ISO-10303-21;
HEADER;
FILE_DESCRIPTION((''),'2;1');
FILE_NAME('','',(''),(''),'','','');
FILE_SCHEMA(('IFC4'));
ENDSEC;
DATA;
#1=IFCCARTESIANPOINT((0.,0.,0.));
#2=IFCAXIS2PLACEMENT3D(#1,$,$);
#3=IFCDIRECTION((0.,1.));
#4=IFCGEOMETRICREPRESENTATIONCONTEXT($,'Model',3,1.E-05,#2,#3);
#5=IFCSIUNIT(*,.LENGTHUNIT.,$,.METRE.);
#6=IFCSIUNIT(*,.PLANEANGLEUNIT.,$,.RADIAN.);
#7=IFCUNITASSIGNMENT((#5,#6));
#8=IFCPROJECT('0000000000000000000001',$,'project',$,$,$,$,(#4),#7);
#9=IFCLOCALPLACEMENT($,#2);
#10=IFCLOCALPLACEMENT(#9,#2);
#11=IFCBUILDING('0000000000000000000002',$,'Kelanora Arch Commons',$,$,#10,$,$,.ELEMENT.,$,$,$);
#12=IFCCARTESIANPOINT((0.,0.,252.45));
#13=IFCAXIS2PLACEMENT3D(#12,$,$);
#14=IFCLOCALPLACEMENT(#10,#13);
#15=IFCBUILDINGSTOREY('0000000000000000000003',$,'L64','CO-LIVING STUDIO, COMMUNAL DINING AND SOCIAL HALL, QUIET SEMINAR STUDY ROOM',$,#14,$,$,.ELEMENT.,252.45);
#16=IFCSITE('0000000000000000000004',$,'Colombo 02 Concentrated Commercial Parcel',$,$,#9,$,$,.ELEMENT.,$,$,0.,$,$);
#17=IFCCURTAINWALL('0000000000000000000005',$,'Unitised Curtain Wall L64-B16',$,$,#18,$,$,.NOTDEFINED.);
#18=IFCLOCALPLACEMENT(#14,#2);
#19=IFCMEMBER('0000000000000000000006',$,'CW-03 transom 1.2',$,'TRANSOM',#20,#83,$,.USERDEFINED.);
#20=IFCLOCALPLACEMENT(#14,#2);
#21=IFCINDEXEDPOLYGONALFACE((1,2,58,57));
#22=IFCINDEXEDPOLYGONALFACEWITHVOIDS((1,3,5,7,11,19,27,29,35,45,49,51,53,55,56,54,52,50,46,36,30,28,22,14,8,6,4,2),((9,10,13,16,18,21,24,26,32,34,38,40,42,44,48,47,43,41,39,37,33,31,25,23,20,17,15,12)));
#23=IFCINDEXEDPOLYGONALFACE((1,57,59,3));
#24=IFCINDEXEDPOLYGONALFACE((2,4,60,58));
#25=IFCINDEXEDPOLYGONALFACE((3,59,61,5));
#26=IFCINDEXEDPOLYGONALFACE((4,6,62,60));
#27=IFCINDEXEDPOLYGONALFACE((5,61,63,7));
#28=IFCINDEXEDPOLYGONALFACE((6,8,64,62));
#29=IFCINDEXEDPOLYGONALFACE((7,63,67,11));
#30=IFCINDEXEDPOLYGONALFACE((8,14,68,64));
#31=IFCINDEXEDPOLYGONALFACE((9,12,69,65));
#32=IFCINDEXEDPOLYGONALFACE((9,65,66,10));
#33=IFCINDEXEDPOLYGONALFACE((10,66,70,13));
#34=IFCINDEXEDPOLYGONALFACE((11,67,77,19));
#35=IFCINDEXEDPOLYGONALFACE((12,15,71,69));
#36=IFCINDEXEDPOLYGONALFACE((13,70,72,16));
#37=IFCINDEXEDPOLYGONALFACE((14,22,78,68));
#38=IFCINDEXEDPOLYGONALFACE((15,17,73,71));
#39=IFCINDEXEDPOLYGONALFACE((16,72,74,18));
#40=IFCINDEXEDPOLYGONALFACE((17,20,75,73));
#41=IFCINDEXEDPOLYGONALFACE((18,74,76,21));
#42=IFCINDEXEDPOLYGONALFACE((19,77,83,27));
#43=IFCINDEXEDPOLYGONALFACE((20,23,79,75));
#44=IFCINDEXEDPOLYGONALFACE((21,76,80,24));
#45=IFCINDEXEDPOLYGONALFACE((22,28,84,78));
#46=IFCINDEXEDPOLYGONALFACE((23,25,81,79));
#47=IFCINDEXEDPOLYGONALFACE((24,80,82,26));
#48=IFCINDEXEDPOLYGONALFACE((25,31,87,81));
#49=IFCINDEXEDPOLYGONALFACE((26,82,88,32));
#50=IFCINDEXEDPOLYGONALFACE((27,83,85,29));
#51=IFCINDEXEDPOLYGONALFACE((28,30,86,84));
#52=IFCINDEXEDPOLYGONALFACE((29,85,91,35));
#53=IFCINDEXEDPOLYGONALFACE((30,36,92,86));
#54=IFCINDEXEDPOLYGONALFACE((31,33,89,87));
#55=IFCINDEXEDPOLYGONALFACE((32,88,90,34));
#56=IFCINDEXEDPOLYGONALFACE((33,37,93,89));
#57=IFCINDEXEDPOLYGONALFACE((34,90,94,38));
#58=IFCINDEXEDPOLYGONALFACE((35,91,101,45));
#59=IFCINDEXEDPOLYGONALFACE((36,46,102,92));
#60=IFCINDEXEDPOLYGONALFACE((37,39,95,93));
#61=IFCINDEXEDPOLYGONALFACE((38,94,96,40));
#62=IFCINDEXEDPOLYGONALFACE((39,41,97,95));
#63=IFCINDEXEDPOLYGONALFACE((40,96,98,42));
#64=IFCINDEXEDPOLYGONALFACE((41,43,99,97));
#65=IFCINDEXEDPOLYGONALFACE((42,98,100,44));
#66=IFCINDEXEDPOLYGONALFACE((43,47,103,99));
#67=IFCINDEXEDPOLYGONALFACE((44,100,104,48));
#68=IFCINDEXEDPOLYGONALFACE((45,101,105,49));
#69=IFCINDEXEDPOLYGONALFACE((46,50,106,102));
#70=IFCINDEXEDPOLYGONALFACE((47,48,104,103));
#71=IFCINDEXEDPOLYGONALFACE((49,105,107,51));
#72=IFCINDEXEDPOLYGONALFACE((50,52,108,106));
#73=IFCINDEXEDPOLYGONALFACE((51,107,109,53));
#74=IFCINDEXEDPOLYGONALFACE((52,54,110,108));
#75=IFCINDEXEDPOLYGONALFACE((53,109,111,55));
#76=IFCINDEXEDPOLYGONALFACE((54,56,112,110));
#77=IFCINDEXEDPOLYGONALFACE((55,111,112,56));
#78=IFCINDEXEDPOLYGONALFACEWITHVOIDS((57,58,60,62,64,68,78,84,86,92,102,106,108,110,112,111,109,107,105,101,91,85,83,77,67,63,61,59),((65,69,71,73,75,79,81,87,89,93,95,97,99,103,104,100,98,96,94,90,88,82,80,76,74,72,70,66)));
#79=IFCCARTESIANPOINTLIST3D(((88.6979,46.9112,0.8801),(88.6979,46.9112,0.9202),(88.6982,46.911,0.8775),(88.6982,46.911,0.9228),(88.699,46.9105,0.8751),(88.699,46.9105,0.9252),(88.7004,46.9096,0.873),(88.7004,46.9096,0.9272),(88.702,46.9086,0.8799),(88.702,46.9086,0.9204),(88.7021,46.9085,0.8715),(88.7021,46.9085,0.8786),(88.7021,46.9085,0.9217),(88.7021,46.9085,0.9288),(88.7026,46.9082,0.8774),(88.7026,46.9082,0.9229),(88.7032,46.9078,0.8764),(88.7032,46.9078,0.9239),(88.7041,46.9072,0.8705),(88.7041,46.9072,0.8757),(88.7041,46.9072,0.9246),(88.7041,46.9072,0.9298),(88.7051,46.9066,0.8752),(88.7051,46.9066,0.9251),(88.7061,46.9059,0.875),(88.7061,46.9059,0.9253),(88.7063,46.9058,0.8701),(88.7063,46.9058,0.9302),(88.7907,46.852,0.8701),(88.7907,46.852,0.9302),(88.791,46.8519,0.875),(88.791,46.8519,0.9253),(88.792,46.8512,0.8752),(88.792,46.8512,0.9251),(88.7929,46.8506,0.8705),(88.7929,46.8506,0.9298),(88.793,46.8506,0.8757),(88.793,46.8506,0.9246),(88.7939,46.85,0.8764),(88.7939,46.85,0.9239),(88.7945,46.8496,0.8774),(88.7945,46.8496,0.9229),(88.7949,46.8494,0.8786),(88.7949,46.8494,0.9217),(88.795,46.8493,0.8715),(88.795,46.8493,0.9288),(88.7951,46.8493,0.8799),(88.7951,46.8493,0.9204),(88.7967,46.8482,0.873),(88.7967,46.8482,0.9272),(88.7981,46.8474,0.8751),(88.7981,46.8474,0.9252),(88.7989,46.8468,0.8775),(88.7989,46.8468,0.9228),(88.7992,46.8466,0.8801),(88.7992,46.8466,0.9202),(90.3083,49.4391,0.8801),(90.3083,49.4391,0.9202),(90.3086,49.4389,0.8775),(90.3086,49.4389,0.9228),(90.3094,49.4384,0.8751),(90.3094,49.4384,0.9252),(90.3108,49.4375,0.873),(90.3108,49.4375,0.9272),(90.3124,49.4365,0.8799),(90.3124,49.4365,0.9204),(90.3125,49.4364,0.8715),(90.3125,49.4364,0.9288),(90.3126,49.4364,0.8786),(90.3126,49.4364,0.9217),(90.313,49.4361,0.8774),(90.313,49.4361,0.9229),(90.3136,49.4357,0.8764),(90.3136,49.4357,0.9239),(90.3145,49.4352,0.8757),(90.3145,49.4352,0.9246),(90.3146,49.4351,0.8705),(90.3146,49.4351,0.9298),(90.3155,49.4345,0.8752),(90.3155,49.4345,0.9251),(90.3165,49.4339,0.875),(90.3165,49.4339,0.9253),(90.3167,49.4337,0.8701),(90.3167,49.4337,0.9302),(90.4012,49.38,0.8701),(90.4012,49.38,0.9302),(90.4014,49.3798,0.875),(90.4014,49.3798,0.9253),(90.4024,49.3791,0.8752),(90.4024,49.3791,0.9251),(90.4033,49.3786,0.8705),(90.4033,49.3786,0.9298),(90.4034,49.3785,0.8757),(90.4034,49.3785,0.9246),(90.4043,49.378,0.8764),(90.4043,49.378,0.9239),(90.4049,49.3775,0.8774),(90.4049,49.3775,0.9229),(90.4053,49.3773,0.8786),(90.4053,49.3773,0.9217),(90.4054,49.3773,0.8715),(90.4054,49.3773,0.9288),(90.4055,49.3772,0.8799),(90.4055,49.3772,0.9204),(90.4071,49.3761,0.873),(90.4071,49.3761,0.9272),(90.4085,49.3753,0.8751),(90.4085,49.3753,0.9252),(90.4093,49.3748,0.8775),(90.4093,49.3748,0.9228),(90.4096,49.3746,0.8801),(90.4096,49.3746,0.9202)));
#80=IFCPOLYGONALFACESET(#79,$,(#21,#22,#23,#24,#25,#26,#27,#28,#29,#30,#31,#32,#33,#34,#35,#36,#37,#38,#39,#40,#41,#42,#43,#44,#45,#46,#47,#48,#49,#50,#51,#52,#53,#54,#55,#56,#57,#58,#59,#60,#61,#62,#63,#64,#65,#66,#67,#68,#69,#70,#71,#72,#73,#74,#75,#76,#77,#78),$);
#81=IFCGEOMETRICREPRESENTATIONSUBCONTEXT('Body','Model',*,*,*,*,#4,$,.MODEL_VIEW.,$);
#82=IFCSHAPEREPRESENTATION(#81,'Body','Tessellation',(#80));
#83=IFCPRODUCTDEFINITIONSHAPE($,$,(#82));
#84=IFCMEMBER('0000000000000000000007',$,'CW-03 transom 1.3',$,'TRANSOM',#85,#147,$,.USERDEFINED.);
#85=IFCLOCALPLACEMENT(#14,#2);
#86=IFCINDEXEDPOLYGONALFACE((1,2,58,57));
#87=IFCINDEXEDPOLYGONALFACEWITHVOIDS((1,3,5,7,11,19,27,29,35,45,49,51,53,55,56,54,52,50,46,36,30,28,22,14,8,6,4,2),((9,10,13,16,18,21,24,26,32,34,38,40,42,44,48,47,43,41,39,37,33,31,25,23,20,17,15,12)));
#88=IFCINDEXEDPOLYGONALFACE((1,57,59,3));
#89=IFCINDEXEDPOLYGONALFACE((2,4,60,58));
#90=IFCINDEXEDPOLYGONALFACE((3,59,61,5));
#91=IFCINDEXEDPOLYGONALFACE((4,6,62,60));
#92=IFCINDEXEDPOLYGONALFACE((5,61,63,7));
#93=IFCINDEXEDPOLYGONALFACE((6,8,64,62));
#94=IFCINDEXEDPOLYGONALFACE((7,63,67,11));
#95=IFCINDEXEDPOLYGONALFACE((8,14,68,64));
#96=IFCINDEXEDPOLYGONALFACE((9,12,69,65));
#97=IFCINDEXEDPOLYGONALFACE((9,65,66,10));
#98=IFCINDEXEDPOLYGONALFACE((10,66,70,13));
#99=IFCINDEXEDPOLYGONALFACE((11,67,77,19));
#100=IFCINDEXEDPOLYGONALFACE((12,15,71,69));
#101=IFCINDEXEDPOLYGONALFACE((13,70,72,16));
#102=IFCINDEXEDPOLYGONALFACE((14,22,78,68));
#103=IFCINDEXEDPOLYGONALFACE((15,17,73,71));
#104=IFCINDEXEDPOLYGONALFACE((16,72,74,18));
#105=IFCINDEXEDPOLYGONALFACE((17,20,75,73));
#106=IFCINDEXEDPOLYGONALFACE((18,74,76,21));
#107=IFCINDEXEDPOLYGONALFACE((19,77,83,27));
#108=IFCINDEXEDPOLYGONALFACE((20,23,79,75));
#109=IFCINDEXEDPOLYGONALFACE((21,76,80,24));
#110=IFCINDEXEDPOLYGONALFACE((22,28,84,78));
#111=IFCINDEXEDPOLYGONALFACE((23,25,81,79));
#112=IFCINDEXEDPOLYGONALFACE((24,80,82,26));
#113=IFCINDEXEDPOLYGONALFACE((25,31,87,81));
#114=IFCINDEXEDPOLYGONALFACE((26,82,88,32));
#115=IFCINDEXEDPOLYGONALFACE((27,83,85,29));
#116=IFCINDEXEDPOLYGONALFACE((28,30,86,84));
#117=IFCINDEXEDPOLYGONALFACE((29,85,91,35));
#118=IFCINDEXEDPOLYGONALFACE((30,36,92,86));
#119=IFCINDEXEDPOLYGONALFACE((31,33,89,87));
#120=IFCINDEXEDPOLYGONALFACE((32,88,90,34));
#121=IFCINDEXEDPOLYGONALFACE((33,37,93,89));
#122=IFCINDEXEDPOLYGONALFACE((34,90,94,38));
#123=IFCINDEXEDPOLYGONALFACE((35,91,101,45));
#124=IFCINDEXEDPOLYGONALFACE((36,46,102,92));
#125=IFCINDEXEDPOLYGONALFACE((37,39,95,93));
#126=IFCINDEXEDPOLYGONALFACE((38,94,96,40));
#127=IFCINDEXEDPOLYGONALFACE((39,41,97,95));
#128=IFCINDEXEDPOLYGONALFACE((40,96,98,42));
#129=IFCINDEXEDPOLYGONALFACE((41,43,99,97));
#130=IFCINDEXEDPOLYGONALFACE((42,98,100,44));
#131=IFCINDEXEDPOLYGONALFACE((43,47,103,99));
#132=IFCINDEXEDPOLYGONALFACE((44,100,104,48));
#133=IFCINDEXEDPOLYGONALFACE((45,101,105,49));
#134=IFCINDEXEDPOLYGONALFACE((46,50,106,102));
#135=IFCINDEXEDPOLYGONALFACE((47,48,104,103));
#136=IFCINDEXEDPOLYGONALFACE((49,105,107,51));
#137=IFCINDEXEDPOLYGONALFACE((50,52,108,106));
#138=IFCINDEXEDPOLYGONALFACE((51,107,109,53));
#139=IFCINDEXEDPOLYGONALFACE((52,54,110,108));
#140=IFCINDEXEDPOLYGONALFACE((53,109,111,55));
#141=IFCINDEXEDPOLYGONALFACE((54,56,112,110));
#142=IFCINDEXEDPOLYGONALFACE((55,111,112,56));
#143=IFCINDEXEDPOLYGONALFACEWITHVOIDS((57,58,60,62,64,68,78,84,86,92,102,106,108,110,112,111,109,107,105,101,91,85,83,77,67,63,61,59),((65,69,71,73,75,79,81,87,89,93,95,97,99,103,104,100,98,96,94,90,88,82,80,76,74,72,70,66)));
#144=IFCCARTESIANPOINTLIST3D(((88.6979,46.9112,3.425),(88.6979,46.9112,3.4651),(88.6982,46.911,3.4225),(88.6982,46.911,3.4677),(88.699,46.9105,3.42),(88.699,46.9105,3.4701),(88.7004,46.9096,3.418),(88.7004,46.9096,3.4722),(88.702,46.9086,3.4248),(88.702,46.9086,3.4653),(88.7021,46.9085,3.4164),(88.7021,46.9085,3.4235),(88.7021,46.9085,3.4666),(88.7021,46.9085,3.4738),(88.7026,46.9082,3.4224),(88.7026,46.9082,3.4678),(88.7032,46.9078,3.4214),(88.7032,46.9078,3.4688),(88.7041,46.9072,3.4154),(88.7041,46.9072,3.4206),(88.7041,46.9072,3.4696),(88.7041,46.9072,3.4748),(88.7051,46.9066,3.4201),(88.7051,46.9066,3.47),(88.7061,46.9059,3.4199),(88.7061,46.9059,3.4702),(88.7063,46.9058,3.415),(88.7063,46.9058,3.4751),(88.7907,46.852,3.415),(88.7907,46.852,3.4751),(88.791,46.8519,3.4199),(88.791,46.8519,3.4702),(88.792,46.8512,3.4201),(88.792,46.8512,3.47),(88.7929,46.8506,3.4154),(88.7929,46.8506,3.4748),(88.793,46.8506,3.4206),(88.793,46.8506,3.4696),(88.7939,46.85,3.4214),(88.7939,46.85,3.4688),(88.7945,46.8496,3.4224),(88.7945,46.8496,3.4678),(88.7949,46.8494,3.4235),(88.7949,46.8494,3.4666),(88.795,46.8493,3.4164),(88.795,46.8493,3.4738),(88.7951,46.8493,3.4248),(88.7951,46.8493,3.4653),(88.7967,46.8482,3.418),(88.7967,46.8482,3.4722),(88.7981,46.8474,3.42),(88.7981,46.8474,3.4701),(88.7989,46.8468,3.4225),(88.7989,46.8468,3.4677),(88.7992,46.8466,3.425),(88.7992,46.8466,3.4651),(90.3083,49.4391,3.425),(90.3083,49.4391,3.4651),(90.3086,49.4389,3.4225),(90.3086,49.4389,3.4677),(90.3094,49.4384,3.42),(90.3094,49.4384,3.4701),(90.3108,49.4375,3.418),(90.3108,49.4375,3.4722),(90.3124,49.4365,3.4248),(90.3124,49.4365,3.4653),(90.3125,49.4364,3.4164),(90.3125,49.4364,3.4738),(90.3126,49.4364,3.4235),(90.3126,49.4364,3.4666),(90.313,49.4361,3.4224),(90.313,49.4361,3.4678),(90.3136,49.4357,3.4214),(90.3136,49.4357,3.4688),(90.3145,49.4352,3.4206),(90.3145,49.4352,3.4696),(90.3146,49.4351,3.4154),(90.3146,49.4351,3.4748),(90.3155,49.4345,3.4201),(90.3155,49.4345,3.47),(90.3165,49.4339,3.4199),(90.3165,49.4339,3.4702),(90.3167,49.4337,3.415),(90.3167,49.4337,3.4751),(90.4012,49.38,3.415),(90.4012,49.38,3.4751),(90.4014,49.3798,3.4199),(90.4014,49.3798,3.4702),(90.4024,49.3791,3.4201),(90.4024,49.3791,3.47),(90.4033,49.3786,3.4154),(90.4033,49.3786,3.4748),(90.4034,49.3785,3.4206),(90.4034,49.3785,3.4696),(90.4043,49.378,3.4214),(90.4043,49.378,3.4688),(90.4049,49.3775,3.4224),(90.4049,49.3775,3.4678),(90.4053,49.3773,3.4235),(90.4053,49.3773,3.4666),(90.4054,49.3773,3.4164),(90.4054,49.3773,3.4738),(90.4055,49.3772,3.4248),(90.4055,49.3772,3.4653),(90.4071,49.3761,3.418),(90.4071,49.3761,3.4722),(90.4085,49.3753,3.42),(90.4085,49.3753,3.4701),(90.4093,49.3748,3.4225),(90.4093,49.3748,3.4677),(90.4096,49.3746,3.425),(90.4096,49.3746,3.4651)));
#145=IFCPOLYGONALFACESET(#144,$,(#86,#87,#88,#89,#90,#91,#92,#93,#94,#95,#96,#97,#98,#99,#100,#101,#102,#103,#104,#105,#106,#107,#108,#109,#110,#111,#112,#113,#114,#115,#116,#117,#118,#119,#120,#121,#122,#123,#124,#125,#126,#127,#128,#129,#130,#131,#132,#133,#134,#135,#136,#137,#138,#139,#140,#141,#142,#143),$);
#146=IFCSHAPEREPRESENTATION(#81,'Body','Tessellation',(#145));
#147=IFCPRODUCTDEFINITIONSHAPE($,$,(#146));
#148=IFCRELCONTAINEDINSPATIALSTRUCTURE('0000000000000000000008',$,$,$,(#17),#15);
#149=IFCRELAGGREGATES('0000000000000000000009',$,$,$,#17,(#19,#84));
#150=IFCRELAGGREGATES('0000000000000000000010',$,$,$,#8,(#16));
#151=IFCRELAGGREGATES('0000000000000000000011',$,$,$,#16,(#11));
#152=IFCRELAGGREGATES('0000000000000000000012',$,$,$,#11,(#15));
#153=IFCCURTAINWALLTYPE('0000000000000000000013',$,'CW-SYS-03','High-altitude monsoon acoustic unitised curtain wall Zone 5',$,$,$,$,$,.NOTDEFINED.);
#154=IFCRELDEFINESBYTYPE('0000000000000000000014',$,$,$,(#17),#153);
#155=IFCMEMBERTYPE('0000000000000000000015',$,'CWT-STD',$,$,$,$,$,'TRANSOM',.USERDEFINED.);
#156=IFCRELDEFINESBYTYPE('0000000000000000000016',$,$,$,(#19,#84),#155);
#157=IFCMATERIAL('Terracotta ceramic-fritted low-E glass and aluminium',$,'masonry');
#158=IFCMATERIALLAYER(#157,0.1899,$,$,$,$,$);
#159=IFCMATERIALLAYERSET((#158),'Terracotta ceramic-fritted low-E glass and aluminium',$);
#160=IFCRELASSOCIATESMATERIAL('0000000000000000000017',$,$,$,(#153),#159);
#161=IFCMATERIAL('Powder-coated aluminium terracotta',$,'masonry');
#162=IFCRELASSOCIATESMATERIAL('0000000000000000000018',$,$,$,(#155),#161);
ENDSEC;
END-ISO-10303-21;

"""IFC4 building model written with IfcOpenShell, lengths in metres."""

from ifc_helpers import new_model, si_unit, direction, frame, origin, origin_2d, place, context, subcontext, project, spatial, hollow_rectangle, extrude, material, layer, layer_set, material_profile, profile_set, type_object, element, aggregate, save


model = new_model("IFC4")

# Units and contexts
model_context = context("Model", 3, precision=1e-05, world=origin(), true_north=direction((0.0, 1.0)))
body_context = subcontext(model_context, "Body", "Model", "MODEL_VIEW")
ifc_project = project(units=[si_unit("LENGTHUNIT", "METRE"), si_unit("PLANEANGLEUNIT", "RADIAN")], contexts=[model_context])

# Site, building, storey
site_placement = place(None, origin())
site = spatial("IfcSite", under=ifc_project, at=site_placement, Name="Colombo 02 Concentrated Commercial Parcel", CompositionType="ELEMENT", RefElevation=0.0)
building_placement = place(site_placement, origin())
building = spatial("IfcBuilding", under=site, at=building_placement, Name="Kelanora Arch Commons", CompositionType="ELEMENT")
storey_placement = place(building_placement, frame((0.0, 0.0, 252.45)))
storey = spatial("IfcBuildingStorey", under=building, at=storey_placement, Name="L64", Description="CO-LIVING STUDIO, COMMUNAL DINING AND SOCIAL HALL, QUIET SEMINAR STUDY ROOM", CompositionType="ELEMENT", Elevation=252.45)

# Shared definitions
ifc_material_1 = material(Name="Terracotta ceramic-fritted low-E glass and aluminium", Category="masonry")
ifc_layer_1 = layer(ifc_material_1, 0.1899)
ifc_layer_set_1 = layer_set([ifc_layer_1], Name="Terracotta ceramic-fritted low-E glass and aluminium")
curtain_wall_type = type_object("IfcCurtainWallType", Name="CW-SYS-03", Description="High-altitude monsoon acoustic unitised curtain wall Zone 5", PredefinedType="NOTDEFINED", material=ifc_layer_set_1)
ifc_material_2 = material(Name="Powder-coated aluminium terracotta", Category="masonry")

# Curtain wall, members
curtain_wall_1_placement = place(storey_placement, origin())
curtain_wall_1 = element("IfcCurtainWall", 1, at=curtain_wall_1_placement, inside=storey, type_object=curtain_wall_type, Name="Unitised Curtain Wall L64-B16", PredefinedType="NOTDEFINED")
ifc_material_profile_1 = material_profile(ifc_material_2, hollow_rectangle(XDim=0.1201, YDim=0.0601, WallThickness=0.0049, InnerFilletRadius=0.0049, OuterFilletRadius=0.01, at=origin_2d()), Name="CWT120x60")
ifc_profile_set_1 = profile_set([ifc_material_profile_1], Name="Powder-coated aluminium terracotta")
member_type_1 = type_object("IfcMemberType", Name="CWT-STD", ElementType="TRANSOM", PredefinedType="USERDEFINED", material=ifc_profile_set_1)
member_1_placement = place(storey_placement, frame((88.7485, 46.8789, 0.9001), z_axis=(0.537287, 0.8434, 0.0), x_axis=(-0.8434, 0.537287, 0.0)))
member_1 = element("IfcMember", 2, at=member_1_placement, type_object=member_type_1, Name="CW-03 transom 1.2", ObjectType="TRANSOM", PredefinedType="USERDEFINED", context=body_context, shape_type="SweptSolid", body=[
    extrude(hollow_rectangle(XDim=0.1201, YDim=0.0601, WallThickness=0.0049, InnerFilletRadius=0.0049, OuterFilletRadius=0.01, at=origin_2d()), origin(), (0.0, 0.0, 1.0), 2.9973),
])
member_2_placement = place(storey_placement, frame((88.7485, 46.8789, 3.4451), z_axis=(0.537287, 0.8434, 0.0), x_axis=(-0.8434, 0.537287, 0.0)))
member_2 = element("IfcMember", 3, at=member_2_placement, type_object=member_type_1, Name="CW-03 transom 1.3", ObjectType="TRANSOM", PredefinedType="USERDEFINED", context=body_context, shape_type="SweptSolid", body=[
    extrude(hollow_rectangle(XDim=0.1201, YDim=0.0601, WallThickness=0.0049, InnerFilletRadius=0.0049, OuterFilletRadius=0.01, at=origin_2d()), origin(), (0.0, 0.0, 1.0), 2.9973),
])
aggregate(curtain_wall_1, [member_1, member_2])

save(model, "model.ifc")
